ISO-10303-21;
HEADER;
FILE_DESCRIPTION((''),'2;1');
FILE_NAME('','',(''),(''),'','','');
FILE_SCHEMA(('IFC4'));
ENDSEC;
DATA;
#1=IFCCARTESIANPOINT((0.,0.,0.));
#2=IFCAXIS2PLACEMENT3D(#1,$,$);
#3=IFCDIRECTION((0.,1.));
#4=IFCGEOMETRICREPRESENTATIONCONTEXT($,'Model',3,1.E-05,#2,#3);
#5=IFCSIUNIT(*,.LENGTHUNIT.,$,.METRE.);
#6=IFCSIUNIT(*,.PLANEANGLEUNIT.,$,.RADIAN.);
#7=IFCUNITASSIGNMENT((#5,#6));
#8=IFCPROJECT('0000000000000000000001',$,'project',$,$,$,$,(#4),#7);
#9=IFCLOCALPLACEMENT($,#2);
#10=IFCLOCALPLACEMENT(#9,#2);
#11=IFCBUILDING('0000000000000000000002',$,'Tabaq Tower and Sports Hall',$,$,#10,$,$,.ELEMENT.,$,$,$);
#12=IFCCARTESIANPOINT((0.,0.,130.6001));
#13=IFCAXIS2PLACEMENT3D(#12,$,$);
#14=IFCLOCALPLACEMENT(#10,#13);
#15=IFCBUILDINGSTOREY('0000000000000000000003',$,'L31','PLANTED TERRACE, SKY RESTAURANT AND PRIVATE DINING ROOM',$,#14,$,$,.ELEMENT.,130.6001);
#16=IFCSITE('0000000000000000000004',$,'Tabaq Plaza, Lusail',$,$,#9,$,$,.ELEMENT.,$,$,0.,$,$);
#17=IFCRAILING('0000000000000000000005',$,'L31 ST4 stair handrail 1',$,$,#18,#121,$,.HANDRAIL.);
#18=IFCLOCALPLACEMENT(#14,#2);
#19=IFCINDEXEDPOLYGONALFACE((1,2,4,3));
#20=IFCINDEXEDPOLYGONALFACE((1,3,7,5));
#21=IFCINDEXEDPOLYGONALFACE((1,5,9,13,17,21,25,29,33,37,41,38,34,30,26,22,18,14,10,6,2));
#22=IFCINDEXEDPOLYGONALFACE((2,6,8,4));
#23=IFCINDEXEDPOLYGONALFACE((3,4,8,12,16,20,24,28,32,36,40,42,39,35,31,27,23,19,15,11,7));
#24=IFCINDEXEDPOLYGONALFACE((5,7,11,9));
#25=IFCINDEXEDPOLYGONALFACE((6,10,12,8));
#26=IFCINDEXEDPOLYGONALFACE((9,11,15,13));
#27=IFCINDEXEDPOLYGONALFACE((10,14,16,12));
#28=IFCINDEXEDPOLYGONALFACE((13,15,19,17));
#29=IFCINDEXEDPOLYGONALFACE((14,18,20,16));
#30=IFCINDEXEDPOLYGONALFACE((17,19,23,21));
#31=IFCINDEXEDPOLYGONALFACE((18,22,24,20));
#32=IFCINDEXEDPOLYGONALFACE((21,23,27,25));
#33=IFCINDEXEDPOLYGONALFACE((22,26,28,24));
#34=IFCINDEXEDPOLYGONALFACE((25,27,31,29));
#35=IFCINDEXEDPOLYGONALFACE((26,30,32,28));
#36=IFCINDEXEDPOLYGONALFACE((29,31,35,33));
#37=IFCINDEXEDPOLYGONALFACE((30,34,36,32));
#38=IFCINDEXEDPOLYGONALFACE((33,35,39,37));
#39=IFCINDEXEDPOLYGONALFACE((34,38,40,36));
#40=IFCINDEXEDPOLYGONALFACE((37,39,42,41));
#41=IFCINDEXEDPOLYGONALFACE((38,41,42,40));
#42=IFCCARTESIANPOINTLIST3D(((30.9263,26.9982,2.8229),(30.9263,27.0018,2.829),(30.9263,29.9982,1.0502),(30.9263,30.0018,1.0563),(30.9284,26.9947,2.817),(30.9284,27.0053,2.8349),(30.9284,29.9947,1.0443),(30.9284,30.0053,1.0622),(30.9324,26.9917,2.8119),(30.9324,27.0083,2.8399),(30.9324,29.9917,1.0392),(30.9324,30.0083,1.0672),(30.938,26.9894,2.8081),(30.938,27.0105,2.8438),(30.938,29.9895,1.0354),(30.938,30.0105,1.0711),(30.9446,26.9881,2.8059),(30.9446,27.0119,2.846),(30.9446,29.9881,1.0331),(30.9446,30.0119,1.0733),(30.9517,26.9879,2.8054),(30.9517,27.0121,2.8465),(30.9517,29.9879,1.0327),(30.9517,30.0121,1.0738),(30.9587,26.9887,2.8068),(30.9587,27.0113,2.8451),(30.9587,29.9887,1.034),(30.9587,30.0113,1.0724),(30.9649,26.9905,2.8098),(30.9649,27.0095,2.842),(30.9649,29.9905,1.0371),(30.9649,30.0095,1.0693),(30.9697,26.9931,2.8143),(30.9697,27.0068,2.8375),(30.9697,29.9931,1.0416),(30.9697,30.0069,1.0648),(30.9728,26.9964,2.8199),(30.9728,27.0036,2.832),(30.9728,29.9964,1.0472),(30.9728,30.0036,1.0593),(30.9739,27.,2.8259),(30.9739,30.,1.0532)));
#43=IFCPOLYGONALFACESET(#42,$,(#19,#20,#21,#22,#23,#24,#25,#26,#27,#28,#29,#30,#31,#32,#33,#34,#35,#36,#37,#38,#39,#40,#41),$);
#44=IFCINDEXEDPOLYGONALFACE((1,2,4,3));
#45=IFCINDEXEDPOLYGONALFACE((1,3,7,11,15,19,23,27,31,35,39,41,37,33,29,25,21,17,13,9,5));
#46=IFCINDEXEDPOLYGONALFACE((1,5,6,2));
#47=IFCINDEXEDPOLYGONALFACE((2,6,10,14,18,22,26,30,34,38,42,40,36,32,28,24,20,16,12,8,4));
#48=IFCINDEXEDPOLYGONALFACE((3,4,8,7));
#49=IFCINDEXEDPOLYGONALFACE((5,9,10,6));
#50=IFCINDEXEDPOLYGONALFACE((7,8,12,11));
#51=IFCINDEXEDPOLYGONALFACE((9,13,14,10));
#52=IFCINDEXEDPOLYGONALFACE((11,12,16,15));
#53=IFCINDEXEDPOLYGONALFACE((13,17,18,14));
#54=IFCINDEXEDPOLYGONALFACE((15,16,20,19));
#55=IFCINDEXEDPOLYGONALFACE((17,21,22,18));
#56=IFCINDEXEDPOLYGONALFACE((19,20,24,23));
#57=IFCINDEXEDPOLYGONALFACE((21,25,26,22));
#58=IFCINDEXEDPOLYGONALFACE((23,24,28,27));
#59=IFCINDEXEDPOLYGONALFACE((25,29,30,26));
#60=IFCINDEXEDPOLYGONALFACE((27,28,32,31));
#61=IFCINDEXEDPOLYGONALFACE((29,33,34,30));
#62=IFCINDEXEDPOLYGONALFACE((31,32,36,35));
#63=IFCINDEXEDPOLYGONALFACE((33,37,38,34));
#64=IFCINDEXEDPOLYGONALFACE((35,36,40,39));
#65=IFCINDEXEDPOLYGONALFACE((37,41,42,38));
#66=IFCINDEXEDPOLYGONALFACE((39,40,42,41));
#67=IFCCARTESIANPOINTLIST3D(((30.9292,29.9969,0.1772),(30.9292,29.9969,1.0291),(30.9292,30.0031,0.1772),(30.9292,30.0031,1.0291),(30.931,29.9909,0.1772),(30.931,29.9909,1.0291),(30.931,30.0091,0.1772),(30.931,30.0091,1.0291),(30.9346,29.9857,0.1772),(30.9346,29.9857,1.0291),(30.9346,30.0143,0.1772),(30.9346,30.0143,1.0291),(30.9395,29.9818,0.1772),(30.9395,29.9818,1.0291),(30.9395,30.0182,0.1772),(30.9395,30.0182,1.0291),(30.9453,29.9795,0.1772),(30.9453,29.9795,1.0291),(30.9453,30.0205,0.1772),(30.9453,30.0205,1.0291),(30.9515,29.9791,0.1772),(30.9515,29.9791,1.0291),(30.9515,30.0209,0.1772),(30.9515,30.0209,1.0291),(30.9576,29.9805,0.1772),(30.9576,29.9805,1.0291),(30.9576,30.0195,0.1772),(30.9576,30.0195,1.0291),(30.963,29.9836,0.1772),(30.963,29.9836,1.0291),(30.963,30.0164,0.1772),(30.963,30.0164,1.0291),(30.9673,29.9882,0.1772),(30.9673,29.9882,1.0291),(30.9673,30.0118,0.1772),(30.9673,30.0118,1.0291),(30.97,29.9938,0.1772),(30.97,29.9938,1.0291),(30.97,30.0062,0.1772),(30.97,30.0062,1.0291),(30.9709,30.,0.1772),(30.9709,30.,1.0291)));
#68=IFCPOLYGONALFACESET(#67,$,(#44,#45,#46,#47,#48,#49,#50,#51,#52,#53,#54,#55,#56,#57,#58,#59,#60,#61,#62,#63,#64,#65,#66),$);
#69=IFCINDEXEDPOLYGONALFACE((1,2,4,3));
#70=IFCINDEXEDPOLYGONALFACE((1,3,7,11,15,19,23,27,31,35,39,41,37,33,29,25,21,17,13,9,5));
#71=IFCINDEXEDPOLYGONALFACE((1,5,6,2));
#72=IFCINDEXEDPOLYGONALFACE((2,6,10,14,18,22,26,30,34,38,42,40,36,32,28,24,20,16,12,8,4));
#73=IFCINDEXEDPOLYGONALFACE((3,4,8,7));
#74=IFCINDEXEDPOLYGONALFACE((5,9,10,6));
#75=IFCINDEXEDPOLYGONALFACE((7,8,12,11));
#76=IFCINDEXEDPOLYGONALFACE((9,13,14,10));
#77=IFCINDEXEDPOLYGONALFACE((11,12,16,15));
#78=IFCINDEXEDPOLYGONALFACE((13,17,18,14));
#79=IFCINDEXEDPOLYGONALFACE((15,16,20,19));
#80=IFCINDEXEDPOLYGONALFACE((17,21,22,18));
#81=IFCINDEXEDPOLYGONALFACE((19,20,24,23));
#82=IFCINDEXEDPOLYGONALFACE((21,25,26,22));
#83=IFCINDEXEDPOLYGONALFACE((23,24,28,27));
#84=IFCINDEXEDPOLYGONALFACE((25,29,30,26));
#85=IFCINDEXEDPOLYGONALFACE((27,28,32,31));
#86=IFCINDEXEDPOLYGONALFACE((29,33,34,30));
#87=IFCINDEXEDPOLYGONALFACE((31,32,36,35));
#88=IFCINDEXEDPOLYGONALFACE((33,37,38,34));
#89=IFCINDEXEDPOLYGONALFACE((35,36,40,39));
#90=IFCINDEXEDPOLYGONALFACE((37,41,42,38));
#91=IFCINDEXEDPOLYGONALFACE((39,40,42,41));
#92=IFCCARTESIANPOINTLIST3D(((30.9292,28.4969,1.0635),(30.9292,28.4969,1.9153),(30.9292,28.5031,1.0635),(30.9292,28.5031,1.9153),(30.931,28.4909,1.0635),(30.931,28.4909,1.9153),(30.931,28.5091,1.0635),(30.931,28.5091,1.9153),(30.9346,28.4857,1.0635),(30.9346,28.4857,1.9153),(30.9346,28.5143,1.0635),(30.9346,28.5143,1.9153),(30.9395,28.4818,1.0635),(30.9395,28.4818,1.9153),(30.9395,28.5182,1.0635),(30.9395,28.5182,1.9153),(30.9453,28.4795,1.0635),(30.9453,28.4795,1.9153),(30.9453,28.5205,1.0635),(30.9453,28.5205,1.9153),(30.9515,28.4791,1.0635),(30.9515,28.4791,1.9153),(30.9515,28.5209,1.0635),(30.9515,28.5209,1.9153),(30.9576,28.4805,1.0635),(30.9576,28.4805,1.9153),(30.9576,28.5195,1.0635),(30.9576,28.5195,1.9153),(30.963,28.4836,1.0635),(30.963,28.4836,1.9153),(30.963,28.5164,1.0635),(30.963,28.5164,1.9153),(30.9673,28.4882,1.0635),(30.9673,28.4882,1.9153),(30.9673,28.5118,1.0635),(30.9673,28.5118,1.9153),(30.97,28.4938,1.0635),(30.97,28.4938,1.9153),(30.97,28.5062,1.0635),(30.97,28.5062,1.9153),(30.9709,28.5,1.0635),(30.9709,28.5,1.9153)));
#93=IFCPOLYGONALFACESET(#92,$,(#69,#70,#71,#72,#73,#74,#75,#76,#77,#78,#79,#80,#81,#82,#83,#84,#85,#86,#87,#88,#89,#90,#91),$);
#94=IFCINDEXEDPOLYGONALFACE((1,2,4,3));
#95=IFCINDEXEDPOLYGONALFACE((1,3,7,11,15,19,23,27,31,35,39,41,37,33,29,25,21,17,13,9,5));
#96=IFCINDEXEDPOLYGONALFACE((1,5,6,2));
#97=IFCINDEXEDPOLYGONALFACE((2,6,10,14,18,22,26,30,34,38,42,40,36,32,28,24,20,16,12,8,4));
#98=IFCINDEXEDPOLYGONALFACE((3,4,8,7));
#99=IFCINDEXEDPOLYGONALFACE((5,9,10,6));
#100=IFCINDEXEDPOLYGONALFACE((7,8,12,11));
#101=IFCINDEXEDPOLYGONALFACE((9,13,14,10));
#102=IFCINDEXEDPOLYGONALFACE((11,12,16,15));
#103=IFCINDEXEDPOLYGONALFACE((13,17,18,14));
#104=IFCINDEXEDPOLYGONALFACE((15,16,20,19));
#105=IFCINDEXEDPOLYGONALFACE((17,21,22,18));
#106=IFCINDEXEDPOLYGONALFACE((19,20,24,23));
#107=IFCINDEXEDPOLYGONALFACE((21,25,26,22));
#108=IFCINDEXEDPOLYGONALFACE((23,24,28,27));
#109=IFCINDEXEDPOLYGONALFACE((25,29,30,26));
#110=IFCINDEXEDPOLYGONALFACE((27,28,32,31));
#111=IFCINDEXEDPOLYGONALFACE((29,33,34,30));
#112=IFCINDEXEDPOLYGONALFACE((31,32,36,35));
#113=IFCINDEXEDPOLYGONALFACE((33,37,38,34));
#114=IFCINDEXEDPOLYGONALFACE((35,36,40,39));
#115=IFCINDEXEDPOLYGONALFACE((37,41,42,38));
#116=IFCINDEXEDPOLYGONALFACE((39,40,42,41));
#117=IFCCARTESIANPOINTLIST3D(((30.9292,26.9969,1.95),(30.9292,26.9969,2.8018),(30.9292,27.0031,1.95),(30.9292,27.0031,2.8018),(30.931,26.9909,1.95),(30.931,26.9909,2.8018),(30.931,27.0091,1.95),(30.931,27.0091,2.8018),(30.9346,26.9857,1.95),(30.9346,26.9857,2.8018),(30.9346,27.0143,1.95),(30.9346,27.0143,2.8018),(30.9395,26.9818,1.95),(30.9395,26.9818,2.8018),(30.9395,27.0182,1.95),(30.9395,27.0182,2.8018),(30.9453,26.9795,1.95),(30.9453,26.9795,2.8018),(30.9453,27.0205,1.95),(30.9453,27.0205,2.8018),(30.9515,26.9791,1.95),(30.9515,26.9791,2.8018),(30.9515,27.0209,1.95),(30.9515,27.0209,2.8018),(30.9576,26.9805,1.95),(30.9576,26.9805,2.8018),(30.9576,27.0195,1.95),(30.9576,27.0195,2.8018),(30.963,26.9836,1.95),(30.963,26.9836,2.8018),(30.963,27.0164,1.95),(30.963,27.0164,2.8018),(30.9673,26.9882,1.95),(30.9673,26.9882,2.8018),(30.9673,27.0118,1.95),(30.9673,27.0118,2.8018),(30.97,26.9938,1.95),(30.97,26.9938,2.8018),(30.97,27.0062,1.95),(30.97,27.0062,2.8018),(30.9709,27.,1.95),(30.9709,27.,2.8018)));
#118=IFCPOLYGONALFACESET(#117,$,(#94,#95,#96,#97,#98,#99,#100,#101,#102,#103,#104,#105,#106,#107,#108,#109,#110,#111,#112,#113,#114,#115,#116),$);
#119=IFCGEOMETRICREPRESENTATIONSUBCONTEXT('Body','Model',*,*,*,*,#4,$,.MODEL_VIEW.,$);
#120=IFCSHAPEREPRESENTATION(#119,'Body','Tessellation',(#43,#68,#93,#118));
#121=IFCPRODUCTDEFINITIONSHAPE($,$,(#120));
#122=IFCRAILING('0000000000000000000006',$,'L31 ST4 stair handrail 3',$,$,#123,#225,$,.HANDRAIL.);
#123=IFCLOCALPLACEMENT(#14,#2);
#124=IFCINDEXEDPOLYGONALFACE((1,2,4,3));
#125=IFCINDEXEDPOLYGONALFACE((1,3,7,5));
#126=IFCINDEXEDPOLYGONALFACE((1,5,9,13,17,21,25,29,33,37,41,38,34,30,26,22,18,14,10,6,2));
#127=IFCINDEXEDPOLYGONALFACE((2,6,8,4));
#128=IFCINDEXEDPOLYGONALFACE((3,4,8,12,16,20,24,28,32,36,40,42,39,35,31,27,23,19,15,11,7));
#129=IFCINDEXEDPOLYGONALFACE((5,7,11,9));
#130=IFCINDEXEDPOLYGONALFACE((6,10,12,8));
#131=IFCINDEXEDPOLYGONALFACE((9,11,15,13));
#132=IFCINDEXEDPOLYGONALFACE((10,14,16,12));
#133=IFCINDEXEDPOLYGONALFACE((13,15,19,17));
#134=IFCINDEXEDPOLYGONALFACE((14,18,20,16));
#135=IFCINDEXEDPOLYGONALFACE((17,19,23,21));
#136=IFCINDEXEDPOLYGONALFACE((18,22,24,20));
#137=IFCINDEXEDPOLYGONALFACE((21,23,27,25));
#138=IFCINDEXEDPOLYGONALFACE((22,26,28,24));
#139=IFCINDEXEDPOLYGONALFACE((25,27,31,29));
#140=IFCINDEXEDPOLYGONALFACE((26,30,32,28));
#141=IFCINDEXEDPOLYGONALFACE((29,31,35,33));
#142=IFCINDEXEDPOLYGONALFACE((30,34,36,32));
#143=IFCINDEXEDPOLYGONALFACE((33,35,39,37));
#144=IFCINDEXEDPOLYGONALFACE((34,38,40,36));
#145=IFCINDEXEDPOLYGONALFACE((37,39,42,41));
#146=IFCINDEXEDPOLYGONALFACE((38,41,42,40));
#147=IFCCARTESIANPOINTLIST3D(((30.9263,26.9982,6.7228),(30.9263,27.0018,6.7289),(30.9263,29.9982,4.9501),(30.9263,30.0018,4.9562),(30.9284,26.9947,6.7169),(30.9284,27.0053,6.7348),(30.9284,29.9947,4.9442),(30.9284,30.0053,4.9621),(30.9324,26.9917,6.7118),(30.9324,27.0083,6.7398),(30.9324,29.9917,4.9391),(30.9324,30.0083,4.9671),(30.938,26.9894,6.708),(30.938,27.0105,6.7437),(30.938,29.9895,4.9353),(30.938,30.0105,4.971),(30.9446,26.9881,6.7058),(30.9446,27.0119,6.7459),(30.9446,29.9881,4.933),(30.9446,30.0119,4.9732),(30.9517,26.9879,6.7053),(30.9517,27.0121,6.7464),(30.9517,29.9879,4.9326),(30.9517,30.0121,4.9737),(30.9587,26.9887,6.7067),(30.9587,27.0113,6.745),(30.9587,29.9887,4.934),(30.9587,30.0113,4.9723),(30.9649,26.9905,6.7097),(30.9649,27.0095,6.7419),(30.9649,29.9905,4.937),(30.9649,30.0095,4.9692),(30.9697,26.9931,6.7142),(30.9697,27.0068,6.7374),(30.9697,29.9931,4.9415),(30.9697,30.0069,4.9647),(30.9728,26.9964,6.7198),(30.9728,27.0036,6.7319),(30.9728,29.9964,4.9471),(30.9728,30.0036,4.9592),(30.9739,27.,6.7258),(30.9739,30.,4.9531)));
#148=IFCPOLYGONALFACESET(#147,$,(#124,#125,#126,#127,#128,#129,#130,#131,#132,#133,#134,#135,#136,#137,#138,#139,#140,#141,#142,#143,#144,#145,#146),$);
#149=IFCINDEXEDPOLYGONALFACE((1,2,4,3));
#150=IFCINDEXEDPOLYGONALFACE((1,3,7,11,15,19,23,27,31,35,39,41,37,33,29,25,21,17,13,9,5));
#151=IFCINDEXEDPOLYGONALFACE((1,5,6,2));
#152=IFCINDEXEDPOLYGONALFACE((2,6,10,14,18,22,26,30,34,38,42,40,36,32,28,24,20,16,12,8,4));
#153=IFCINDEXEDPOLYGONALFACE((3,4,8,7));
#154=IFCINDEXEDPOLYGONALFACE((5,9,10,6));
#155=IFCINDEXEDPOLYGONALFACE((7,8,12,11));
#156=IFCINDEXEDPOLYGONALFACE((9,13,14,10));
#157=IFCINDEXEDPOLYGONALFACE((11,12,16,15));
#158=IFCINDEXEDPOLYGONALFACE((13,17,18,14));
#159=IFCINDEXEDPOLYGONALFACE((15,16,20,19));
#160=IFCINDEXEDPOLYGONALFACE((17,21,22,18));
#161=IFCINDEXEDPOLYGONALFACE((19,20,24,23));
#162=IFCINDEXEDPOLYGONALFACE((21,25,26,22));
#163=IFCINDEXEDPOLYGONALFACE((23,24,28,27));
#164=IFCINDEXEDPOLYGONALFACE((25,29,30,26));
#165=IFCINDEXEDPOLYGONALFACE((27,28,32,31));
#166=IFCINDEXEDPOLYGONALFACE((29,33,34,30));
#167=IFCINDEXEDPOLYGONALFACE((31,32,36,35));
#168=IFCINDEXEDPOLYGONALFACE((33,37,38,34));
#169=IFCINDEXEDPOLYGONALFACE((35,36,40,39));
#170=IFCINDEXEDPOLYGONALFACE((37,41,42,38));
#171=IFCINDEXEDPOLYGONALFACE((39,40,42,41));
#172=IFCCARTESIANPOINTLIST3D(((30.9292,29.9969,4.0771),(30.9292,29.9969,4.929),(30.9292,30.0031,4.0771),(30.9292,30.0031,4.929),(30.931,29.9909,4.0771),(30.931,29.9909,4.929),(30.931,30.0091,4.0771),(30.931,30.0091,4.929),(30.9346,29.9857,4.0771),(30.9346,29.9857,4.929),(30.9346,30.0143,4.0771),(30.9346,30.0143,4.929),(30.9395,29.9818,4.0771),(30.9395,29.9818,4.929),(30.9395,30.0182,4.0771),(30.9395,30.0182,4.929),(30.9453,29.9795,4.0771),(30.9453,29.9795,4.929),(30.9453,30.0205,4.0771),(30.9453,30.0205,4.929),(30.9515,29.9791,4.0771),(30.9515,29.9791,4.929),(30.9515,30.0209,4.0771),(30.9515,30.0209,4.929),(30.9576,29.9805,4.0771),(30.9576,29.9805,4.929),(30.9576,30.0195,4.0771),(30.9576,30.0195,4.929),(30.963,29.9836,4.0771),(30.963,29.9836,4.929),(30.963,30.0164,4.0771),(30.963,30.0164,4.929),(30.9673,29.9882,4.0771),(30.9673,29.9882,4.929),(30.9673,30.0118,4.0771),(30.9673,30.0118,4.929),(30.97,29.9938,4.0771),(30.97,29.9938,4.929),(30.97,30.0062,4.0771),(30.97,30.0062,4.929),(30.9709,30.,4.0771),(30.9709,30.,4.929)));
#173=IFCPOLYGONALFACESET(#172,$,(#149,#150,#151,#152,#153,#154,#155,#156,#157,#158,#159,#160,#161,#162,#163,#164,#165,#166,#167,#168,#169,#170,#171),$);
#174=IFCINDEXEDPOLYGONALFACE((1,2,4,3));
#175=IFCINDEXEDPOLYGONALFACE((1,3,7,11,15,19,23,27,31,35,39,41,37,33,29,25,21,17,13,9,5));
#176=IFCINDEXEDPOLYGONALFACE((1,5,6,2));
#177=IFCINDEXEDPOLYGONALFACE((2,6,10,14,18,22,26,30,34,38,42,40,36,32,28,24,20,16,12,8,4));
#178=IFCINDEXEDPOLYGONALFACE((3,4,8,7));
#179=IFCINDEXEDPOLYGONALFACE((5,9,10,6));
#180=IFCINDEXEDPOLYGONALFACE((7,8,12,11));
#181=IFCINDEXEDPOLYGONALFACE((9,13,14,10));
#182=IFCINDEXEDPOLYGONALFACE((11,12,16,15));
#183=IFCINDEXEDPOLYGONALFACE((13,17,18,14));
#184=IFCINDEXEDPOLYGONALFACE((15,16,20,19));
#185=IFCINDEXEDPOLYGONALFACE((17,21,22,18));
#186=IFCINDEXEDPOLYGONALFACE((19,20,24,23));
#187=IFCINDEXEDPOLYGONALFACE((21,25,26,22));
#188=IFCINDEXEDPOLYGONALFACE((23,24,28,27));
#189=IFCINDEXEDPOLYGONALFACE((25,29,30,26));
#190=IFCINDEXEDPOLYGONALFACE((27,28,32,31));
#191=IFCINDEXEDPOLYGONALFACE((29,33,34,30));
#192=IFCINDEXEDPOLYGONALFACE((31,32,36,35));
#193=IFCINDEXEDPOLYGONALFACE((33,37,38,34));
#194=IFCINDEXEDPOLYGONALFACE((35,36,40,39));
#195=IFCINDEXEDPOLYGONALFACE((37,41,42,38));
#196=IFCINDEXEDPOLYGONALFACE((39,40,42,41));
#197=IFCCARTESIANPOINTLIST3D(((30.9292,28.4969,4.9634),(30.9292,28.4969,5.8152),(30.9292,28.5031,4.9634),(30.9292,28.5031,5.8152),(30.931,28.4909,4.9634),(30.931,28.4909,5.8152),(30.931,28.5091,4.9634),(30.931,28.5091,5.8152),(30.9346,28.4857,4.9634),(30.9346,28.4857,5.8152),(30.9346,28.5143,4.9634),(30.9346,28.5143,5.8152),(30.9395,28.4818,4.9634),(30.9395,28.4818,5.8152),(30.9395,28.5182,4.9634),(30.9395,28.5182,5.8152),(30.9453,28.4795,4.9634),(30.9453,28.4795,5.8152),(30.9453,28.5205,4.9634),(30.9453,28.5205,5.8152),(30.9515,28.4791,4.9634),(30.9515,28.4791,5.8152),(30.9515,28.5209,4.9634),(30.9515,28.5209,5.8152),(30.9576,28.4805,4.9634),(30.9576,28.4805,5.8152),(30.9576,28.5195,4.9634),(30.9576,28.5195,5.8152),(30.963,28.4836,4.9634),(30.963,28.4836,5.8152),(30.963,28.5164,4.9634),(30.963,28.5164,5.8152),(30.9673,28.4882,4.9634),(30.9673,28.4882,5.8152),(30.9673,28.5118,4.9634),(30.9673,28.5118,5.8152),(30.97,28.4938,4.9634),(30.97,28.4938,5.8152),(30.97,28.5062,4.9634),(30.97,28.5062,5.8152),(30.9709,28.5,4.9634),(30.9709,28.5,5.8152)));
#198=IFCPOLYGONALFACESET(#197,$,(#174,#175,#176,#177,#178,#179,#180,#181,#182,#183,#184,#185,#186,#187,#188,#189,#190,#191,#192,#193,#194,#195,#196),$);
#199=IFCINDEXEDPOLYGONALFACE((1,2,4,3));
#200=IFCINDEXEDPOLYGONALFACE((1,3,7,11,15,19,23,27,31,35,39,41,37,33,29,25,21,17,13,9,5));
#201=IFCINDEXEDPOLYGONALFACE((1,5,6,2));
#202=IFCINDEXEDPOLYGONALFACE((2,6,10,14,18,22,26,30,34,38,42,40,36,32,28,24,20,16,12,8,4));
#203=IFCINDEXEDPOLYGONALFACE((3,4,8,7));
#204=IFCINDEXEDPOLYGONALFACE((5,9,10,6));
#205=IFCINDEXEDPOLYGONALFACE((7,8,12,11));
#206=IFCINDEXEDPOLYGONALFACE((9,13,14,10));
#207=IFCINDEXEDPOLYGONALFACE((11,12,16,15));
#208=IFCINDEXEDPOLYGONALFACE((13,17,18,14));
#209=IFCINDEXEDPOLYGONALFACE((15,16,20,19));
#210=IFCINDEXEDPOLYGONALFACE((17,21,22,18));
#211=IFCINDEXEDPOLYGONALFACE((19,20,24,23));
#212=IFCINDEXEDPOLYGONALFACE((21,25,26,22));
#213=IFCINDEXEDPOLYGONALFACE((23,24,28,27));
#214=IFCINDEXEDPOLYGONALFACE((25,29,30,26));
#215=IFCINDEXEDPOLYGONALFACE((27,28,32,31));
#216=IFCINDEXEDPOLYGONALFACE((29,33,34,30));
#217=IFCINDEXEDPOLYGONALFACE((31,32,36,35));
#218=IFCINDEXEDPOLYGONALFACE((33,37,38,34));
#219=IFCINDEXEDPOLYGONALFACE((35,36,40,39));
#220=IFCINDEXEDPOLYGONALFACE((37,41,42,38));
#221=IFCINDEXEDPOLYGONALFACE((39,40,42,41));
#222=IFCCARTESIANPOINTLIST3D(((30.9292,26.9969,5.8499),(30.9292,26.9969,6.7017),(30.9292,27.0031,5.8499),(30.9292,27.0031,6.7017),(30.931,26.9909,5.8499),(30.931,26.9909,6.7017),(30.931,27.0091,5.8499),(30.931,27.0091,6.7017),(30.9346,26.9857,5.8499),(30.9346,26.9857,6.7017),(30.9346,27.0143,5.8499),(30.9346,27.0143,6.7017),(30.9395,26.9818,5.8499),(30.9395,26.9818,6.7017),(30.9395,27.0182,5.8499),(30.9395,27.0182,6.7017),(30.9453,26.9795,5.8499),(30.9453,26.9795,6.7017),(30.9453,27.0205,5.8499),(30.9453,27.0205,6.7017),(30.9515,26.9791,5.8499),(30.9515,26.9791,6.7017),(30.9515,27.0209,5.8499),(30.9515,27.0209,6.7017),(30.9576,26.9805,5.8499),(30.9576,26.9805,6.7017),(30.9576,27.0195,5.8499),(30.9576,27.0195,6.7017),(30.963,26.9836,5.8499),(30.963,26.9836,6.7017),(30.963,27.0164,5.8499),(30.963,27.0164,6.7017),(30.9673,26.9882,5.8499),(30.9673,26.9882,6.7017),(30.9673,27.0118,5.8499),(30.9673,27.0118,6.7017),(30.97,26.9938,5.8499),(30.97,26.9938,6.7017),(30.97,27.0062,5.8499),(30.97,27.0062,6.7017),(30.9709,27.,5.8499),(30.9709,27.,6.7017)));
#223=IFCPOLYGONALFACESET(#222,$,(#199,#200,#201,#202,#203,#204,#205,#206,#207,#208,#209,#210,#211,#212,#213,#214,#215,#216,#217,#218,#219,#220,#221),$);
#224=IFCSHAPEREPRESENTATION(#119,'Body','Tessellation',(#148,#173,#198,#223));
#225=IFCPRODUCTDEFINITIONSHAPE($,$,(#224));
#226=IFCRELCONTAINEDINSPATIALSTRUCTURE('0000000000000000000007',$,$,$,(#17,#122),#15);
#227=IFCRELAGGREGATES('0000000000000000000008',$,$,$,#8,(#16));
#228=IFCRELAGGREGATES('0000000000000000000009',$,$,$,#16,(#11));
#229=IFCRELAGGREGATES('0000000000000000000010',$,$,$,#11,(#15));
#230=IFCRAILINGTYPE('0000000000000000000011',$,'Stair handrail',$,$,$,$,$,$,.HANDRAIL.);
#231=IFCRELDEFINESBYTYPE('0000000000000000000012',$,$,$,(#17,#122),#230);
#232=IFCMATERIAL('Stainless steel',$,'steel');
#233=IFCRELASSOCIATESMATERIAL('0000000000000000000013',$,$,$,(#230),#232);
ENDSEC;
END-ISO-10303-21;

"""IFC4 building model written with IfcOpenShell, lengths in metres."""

from ifc_helpers import new_model, si_unit, direction, frame, origin, origin_2d, place, context, subcontext, project, spatial, circle, extrude, material, type_object, element, save


model = new_model("IFC4")

# Units and contexts
model_context = context("Model", 3, precision=1e-05, world=origin(), true_north=direction((0.0, 1.0)))
body_context = subcontext(model_context, "Body", "Model", "MODEL_VIEW")
ifc_project = project(units=[si_unit("LENGTHUNIT", "METRE"), si_unit("PLANEANGLEUNIT", "RADIAN")], contexts=[model_context])

# Site, building, storey
site_placement = place(None, origin())
site = spatial("IfcSite", under=ifc_project, at=site_placement, Name="Tabaq Plaza, Lusail", CompositionType="ELEMENT", RefElevation=0.0)
building_placement = place(site_placement, origin())
building = spatial("IfcBuilding", under=site, at=building_placement, Name="Tabaq Tower and Sports Hall", CompositionType="ELEMENT")
storey_placement = place(building_placement, frame((0.0, 0.0, 130.6001)))
storey = spatial("IfcBuildingStorey", under=building, at=storey_placement, Name="L31", Description="PLANTED TERRACE, SKY RESTAURANT AND PRIVATE DINING ROOM", CompositionType="ELEMENT", Elevation=130.6001)

# Railings
ifc_material_1 = material(Name="Stainless steel", Category="steel")
railing_type_1 = type_object("IfcRailingType", Name="Stair handrail", PredefinedType="HANDRAIL", material=ifc_material_1)
for number, where, name in (
    (1, (30.95, 30.0, 0.1772), "L31 ST4 stair handrail 1"),
    (2, (30.95, 30.0, 4.0771), "L31 ST4 stair handrail 3"),
):
    element("IfcRailing", number, at=place(storey_placement, frame(where)), inside=storey, type_object=railing_type_1, Name=name, PredefinedType="HANDRAIL", context=body_context, shape_type="SweptSolid", body=[
        extrude(circle(Radius=0.0239, at=origin_2d()), frame((0.0, 0.0, 0.876), z_axis=(0.0, -0.860929, 0.508725), x_axis=(1.0, 0.0, 0.0)), (0.0, 0.0, 1.0), 3.4846),
        extrude(circle(Radius=0.021, at=origin_2d()), origin(), (0.0, 0.0, 1.0), 0.8518),
        extrude(circle(Radius=0.021, at=origin_2d()), frame((0.0, -1.5, 0.8862)), (0.0, 0.0, 1.0), 0.8518),
        extrude(circle(Radius=0.021, at=origin_2d()), frame((0.0, -3.0, 1.7727)), (0.0, 0.0, 1.0), 0.8518),
    ])

save(model, "model.ifc")
